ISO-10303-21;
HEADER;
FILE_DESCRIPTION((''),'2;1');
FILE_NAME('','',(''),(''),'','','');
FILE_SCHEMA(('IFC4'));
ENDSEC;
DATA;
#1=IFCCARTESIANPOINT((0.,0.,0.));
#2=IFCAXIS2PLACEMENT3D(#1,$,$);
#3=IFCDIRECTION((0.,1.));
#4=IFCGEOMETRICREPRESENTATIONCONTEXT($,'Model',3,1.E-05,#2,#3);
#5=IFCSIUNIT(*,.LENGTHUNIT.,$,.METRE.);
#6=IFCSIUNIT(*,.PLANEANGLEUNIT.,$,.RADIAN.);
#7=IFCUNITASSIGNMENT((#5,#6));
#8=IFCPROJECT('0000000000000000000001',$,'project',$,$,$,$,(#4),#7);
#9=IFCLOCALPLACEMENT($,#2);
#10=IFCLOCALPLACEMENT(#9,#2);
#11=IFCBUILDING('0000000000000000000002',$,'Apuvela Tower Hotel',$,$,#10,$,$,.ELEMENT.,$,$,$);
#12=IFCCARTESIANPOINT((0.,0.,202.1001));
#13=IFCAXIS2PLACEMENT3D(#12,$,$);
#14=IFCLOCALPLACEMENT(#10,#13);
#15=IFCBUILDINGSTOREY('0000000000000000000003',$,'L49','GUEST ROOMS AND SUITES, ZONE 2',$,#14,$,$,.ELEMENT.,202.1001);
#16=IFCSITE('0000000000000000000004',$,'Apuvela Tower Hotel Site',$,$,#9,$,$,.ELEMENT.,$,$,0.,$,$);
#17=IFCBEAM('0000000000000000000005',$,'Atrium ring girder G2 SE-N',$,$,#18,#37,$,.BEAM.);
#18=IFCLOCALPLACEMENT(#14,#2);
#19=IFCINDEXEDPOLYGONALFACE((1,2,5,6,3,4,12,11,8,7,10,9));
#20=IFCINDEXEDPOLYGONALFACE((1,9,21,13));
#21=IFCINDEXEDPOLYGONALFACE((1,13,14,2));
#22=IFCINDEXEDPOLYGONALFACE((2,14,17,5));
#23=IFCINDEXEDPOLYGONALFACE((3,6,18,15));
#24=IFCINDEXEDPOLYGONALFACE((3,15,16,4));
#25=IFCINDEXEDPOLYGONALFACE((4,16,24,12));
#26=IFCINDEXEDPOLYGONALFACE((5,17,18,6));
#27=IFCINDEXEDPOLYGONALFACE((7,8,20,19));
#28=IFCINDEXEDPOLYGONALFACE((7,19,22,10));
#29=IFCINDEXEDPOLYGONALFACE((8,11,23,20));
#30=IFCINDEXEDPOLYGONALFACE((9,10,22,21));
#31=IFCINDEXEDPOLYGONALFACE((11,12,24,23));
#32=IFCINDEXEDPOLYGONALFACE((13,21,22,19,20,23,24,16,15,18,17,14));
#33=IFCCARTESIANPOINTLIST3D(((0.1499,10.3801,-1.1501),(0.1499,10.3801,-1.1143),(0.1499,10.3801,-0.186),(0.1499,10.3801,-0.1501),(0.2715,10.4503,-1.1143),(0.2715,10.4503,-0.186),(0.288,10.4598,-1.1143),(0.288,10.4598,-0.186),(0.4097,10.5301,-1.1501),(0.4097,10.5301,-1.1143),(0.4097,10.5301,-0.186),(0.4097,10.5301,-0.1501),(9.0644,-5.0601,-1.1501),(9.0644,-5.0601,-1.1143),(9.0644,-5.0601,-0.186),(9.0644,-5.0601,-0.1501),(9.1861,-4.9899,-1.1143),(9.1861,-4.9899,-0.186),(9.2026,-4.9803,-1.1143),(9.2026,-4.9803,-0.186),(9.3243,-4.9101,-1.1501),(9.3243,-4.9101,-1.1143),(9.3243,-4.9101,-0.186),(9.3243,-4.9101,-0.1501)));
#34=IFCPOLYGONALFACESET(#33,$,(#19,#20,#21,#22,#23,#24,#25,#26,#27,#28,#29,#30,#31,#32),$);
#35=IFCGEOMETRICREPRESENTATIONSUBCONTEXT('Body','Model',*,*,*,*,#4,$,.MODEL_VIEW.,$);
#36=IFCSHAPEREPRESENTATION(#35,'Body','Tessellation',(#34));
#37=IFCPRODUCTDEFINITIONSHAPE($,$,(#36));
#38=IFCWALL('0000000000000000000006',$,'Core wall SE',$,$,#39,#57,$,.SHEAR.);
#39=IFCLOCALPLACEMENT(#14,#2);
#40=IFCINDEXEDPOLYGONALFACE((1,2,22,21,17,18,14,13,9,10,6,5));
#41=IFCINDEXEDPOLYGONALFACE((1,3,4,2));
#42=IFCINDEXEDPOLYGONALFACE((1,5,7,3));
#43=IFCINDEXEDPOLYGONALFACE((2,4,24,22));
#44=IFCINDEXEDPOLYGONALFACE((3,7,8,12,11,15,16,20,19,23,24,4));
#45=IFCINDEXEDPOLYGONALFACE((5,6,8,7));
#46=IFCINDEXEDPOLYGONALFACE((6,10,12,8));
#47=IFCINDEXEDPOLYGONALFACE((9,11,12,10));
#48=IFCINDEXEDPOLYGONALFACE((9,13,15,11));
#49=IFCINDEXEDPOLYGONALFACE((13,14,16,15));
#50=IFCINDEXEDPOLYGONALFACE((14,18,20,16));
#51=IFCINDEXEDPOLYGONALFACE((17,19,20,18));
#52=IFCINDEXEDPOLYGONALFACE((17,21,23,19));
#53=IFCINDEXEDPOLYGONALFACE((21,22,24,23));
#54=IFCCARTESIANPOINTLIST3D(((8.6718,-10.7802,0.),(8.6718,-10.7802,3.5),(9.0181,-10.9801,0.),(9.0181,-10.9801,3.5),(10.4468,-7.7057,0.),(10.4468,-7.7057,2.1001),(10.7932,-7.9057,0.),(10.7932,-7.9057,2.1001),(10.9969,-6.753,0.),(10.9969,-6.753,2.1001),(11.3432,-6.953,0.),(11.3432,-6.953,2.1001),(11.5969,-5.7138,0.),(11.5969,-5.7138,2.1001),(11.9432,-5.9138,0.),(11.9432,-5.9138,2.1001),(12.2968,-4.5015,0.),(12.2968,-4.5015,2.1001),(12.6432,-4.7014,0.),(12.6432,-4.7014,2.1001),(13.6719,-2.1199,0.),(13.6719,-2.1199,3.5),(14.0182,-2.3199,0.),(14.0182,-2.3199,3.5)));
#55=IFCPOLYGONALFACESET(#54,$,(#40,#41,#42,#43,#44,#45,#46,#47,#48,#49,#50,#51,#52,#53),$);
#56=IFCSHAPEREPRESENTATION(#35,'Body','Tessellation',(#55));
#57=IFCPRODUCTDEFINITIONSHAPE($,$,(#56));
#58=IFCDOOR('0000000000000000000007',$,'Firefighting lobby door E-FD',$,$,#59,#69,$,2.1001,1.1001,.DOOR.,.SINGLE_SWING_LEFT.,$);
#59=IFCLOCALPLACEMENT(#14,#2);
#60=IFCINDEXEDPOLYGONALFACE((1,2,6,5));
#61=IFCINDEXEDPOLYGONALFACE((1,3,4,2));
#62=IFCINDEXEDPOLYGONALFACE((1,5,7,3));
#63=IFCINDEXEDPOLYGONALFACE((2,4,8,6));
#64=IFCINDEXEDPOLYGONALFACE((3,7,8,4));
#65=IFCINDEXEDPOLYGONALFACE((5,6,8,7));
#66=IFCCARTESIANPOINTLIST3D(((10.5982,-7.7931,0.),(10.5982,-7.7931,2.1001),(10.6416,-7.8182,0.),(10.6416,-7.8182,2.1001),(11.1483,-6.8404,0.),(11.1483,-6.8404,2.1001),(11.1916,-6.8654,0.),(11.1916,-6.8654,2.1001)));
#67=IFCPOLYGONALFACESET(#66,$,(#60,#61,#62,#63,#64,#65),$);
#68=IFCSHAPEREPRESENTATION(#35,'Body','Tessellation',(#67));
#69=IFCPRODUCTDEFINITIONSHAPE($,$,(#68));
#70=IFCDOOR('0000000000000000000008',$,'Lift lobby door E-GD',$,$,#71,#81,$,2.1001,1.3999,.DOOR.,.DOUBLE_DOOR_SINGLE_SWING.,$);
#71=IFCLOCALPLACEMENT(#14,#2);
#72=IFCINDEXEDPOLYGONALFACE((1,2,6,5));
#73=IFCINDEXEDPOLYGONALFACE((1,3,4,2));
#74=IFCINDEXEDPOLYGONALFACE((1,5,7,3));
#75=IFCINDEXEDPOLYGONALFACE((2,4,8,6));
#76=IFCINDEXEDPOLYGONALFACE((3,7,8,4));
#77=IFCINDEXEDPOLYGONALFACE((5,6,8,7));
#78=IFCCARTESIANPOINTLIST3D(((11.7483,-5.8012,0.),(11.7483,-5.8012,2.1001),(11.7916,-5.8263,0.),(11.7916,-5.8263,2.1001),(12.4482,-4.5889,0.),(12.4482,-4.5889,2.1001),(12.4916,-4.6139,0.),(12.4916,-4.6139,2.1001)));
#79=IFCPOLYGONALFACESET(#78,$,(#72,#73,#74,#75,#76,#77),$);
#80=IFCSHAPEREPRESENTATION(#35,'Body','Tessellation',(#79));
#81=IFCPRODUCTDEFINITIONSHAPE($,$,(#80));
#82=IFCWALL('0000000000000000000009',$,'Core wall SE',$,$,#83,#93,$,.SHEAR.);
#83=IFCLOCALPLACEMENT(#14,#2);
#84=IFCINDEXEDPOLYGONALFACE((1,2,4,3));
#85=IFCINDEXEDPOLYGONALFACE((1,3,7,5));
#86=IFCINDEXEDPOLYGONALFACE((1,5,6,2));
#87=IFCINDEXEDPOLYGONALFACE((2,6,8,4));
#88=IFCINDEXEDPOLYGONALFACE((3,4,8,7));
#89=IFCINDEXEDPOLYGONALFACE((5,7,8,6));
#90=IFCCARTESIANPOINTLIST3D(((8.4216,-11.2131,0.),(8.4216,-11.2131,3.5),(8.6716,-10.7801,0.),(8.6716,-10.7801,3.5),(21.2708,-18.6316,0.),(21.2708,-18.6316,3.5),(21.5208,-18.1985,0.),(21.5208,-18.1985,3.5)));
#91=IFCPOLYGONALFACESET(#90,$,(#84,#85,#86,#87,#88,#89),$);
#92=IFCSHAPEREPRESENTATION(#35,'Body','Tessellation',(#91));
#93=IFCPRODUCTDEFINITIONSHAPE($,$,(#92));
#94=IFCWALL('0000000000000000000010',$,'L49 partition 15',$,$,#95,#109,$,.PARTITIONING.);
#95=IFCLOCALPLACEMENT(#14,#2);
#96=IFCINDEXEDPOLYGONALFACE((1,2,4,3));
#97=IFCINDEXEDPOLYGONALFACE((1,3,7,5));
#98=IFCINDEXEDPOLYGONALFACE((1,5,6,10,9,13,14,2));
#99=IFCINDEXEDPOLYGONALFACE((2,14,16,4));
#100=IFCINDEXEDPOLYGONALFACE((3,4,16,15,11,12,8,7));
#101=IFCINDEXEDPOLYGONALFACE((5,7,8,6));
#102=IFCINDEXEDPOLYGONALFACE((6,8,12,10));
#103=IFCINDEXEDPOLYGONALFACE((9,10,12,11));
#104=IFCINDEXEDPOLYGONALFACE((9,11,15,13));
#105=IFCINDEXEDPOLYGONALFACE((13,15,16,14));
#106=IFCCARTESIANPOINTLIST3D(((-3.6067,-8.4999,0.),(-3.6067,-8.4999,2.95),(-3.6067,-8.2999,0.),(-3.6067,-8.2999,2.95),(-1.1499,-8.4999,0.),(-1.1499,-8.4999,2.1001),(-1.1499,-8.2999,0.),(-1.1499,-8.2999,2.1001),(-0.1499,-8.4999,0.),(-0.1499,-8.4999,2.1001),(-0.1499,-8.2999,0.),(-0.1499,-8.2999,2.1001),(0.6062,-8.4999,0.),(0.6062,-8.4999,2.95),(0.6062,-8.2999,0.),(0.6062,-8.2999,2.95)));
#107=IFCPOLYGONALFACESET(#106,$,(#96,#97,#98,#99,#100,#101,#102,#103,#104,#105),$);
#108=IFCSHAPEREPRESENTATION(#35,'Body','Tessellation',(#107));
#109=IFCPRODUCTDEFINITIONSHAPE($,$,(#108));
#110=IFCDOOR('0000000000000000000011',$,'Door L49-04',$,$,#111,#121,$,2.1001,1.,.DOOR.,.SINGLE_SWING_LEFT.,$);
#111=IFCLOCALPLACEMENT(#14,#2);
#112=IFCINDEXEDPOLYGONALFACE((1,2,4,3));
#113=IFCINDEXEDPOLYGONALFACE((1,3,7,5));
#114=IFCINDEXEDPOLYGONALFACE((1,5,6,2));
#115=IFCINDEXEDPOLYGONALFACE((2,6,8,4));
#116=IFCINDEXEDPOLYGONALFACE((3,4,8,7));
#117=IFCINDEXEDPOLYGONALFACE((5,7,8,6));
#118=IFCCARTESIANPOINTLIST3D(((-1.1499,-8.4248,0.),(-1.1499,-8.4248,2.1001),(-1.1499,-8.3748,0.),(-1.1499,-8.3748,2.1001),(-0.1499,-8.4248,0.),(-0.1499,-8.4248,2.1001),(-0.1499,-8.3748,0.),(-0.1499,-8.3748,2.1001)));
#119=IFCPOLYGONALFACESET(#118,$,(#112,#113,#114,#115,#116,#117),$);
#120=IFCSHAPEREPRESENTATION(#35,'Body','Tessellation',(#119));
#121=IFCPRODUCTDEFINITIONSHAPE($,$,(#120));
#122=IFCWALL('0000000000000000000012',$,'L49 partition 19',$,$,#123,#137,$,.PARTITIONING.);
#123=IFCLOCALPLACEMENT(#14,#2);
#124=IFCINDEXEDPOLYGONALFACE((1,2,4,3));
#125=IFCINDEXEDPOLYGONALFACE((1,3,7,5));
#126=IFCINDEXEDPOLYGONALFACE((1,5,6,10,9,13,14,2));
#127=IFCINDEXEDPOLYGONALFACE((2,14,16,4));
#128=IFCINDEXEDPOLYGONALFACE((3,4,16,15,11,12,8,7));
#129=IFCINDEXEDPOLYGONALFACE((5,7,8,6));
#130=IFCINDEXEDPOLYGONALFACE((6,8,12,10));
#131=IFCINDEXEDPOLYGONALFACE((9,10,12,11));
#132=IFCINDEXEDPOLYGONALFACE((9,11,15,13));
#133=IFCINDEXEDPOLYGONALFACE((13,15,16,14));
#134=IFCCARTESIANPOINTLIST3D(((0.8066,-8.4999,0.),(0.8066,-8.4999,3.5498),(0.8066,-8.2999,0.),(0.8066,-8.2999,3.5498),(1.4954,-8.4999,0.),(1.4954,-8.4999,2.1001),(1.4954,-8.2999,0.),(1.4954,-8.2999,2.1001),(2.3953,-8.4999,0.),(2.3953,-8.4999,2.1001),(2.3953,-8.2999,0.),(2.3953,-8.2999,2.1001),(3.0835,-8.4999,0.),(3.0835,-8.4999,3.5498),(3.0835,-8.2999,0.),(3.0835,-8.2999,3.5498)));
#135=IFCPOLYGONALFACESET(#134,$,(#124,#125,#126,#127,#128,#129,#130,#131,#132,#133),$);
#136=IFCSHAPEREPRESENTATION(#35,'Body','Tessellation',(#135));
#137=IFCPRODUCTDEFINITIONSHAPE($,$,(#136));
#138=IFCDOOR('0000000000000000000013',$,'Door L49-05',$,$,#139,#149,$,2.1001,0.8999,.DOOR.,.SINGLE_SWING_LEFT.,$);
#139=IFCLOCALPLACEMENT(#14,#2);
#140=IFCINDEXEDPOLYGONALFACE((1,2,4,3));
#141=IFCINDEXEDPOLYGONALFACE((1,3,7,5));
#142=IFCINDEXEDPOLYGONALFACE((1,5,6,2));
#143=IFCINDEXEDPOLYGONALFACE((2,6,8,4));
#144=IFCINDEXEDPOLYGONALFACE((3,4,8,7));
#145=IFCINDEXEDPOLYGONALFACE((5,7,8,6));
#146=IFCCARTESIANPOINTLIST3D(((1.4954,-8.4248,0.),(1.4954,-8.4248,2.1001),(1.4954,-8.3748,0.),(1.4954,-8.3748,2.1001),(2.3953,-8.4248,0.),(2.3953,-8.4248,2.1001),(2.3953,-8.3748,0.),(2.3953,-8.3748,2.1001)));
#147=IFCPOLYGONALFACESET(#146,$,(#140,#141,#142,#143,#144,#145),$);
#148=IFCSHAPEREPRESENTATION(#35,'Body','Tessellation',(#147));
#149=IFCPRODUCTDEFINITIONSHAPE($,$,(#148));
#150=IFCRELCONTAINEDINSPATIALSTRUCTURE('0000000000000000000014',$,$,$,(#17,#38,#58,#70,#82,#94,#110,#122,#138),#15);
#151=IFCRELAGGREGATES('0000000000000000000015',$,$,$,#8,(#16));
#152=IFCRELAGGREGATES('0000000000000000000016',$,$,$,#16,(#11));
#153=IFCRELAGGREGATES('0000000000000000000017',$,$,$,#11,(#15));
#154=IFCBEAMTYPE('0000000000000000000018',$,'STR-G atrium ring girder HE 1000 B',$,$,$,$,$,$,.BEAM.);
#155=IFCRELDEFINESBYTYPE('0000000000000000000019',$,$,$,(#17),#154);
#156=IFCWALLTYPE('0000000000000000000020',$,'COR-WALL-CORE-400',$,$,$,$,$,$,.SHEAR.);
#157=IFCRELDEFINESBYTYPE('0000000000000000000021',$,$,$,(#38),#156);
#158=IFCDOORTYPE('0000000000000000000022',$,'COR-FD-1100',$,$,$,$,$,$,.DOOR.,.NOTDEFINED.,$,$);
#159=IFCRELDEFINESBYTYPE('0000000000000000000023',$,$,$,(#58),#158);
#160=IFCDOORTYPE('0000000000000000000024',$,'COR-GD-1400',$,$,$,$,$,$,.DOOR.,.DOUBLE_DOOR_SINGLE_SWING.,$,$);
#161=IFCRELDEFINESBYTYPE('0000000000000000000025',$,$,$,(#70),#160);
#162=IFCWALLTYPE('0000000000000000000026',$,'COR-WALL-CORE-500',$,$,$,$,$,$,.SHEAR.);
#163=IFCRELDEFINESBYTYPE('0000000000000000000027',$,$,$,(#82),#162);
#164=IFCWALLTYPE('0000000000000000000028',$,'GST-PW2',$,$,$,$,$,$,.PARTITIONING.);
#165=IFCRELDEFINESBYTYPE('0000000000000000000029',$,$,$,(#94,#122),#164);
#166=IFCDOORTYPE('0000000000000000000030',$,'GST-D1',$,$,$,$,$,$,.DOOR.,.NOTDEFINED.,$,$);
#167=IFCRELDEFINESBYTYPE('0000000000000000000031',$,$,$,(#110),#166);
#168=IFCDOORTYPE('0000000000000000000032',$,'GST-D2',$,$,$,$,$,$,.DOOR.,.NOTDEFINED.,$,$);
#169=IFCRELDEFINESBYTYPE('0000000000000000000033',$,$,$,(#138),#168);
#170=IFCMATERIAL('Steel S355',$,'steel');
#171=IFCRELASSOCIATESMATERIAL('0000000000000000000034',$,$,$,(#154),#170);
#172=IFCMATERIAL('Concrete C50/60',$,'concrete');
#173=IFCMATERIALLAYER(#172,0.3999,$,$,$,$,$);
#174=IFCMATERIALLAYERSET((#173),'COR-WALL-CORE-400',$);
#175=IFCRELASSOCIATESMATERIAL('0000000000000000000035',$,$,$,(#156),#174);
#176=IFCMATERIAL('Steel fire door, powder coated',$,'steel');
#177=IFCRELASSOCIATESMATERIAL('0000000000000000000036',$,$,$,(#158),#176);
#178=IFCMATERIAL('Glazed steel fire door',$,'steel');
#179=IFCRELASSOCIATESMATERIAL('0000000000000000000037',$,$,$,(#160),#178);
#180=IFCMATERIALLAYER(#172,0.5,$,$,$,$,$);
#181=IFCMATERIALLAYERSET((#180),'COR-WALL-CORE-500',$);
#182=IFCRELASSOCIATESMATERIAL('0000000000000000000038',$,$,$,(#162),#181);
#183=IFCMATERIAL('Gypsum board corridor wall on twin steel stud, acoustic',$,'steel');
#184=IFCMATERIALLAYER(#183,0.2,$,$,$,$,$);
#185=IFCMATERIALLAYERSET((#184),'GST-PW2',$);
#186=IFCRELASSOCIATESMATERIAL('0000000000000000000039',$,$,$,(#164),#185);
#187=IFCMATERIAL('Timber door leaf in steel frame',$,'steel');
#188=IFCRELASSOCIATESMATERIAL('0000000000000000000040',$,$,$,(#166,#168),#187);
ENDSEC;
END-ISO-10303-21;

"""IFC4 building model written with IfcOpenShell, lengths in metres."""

from ifc_helpers import new_model, si_unit, direction, frame, frame_2d, origin, origin_2d, place, context, subcontext, project, spatial, rectangle, i_section, extrude, material, layer, layer_set, material_profile, profile_set, type_object, element, fill, save


model = new_model("IFC4")

# Units and contexts
model_context = context("Model", 3, precision=1e-05, world=origin(), true_north=direction((0.0, 1.0)))
body_context = subcontext(model_context, "Body", "Model", "MODEL_VIEW")
ifc_project = project(units=[si_unit("LENGTHUNIT", "METRE"), si_unit("PLANEANGLEUNIT", "RADIAN")], contexts=[model_context])

# Site, building, storey
site_placement = place(None, origin())
site = spatial("IfcSite", under=ifc_project, at=site_placement, Name="Apuvela Tower Hotel Site", CompositionType="ELEMENT", RefElevation=0.0)
building_placement = place(site_placement, origin())
building = spatial("IfcBuilding", under=site, at=building_placement, Name="Apuvela Tower Hotel", CompositionType="ELEMENT")
storey_placement = place(building_placement, frame((0.0, 0.0, 202.1001)))
storey = spatial("IfcBuildingStorey", under=building, at=storey_placement, Name="L49", Description="GUEST ROOMS AND SUITES, ZONE 2", CompositionType="ELEMENT", Elevation=202.1001)

# Beam
ifc_material_1 = material(Name="Steel S355", Category="steel")
ifc_material_profile = material_profile(ifc_material_1, i_section(OverallWidth=0.3, OverallDepth=1.0, WebThickness=0.019, FlangeThickness=0.0359, at=origin_2d()), Name="HE 1000 B")
ifc_profile_set = profile_set([ifc_material_profile], Name="Steel S355")
beam_type = type_object("IfcBeamType", Name="STR-G atrium ring girder HE 1000 B", PredefinedType="BEAM", material=ifc_profile_set)
beam_placement = place(storey_placement, frame((9.1943, -4.9851, -0.6501), z_axis=(-0.500007, 0.866022, 0.0), x_axis=(-0.866022, -0.500007, 0.0)))
element("IfcBeam", 1, at=beam_placement, inside=storey, type_object=beam_type, Name="Atrium ring girder G2 SE-N", PredefinedType="BEAM", context=body_context, shape_type="SweptSolid", body=[
    extrude(i_section(OverallWidth=0.3, OverallDepth=1.0, WebThickness=0.019, FlangeThickness=0.0359, at=origin_2d()), origin(), (0.0, 0.0, 1.0), 17.8289),
])

# Wall, openings, doors
ifc_material_2 = material(Name="Concrete C50/60", Category="concrete")
ifc_layer_1 = layer(ifc_material_2, 0.3999)
ifc_layer_set_1 = layer_set([ifc_layer_1], Name="COR-WALL-CORE-400")
wall_type_1 = type_object("IfcWallType", Name="COR-WALL-CORE-400", PredefinedType="SHEAR", material=ifc_layer_set_1)
wall_1_placement = place(storey_placement, frame((8.845, -10.8801, 0.0), z_axis=(0.0, 0.0, 1.0), x_axis=(0.500004, 0.866023, 0.0)))
wall_1 = element("IfcWall", 2, at=wall_1_placement, inside=storey, type_object=wall_type_1, Name="Core wall SE", PredefinedType="SHEAR", context=body_context, shape_type="SweptSolid", body=[
    extrude(rectangle(XDim=10.0, YDim=0.3999, at=frame_2d((5.0, 0.0))), origin(), (0.0, 0.0, 1.0), 3.5),
])
opening_1_placement = place(wall_1_placement, frame((3.55, 0.0, 0.0)))
opening_1 = element("IfcOpeningElement", 3, at=opening_1_placement, cuts=wall_1, PredefinedType="OPENING", context=body_context, shape_type="SweptSolid", body=[
    extrude(rectangle(XDim=1.1001, YDim=2.1001, at=frame_2d((0.55, 1.05))), frame((0.0, 0.21, 0.0), z_axis=(0.0, -1.0, 0.0), x_axis=(1.0, 0.0, 0.0)), (0.0, 0.0, 1.0), 0.4199),
])
opening_2_placement = place(wall_1_placement, frame((5.8501, 0.0, 0.0)))
opening_2 = element("IfcOpeningElement", 4, at=opening_2_placement, cuts=wall_1, PredefinedType="OPENING", context=body_context, shape_type="SweptSolid", body=[
    extrude(rectangle(XDim=1.3999, YDim=2.1001, at=frame_2d((0.7, 1.05))), frame((0.0, 0.21, 0.0), z_axis=(0.0, -1.0, 0.0), x_axis=(1.0, 0.0, 0.0)), (0.0, 0.0, 1.0), 0.4199),
])
ifc_material_3 = material(Name="Steel fire door, powder coated", Category="steel")
door_type_1 = type_object("IfcDoorType", Name="COR-FD-1100", OperationType="NOTDEFINED", PredefinedType="DOOR", material=ifc_material_3)
door_1_placement = place(opening_1_placement, frame((1.1001, 0.0, 0.0), z_axis=(0.0, 0.0, 1.0), x_axis=(-1.0, 0.0, 0.0)))
door_1 = element("IfcDoor", 5, at=door_1_placement, inside=storey, type_object=door_type_1, Name="Firefighting lobby door E-FD", OperationType="SINGLE_SWING_LEFT", OverallHeight=2.1001, OverallWidth=1.1001, PredefinedType="DOOR", context=body_context, shape_type="SweptSolid", body=[
    extrude(rectangle(XDim=1.1001, YDim=2.1001, at=frame_2d((0.55, 1.05))), frame((0.0, 0.0249, 0.0), z_axis=(0.0, -1.0, 0.0), x_axis=(1.0, 0.0, 0.0)), (0.0, 0.0, 1.0), 0.05),
])
fill(opening_1, door_1)
ifc_material_4 = material(Name="Glazed steel fire door", Category="steel")
door_type_2 = type_object("IfcDoorType", Name="COR-GD-1400", OperationType="DOUBLE_DOOR_SINGLE_SWING", PredefinedType="DOOR", material=ifc_material_4)
door_2_placement = place(opening_2_placement, frame((1.3999, 0.0, 0.0), z_axis=(0.0, 0.0, 1.0), x_axis=(-1.0, 0.0, 0.0)))
door_2 = element("IfcDoor", 6, at=door_2_placement, inside=storey, type_object=door_type_2, Name="Lift lobby door E-GD", OperationType="DOUBLE_DOOR_SINGLE_SWING", OverallHeight=2.1001, OverallWidth=1.3999, PredefinedType="DOOR", context=body_context, shape_type="SweptSolid", body=[
    extrude(rectangle(XDim=1.3999, YDim=2.1001, at=frame_2d((0.7, 1.05))), frame((0.0, 0.0249, 0.0), z_axis=(0.0, -1.0, 0.0), x_axis=(1.0, 0.0, 0.0)), (0.0, 0.0, 1.0), 0.05),
])
fill(opening_2, door_2)

# Wall
ifc_layer_2 = layer(ifc_material_2, 0.5)
ifc_layer_set_2 = layer_set([ifc_layer_2], Name="COR-WALL-CORE-500")
wall_type_2 = type_object("IfcWallType", Name="COR-WALL-CORE-500", PredefinedType="SHEAR", material=ifc_layer_set_2)
wall_2_placement = place(storey_placement, frame((8.5466, -10.9966, 0.0), z_axis=(0.0, 0.0, 1.0), x_axis=(0.866025, -0.500001, 0.0)))
element("IfcWall", 7, at=wall_2_placement, inside=storey, type_object=wall_type_2, Name="Core wall SE", PredefinedType="SHEAR", context=body_context, shape_type="SweptSolid", body=[
    extrude(rectangle(XDim=14.8369, YDim=0.5, at=frame_2d((7.4185, 0.0))), origin(), (0.0, 0.0, 1.0), 3.5),
])

# Walls, openings, doors
ifc_material_5 = material(Name="Gypsum board corridor wall on twin steel stud, acoustic", Category="steel")
ifc_layer_3 = layer(ifc_material_5, 0.2)
ifc_layer_set_3 = layer_set([ifc_layer_3], Name="GST-PW2")
wall_type_3 = type_object("IfcWallType", Name="GST-PW2", PredefinedType="PARTITIONING", material=ifc_layer_set_3)
wall_3_placement = place(storey_placement, frame((0.6062, -8.3999, 0.0), z_axis=(0.0, 0.0, 1.0), x_axis=(-1.0, 0.0, 0.0)))
wall_3 = element("IfcWall", 8, at=wall_3_placement, inside=storey, type_object=wall_type_3, Name="L49 partition 15", PredefinedType="PARTITIONING", context=body_context, shape_type="SweptSolid", body=[
    extrude(rectangle(XDim=4.2129, YDim=0.2, at=frame_2d((2.1064, 0.0))), origin(), (0.0, 0.0, 1.0), 2.95),
])
opening_3_placement = place(wall_3_placement, frame((0.7561, 0.0, 0.0)))
opening_3 = element("IfcOpeningElement", 9, at=opening_3_placement, cuts=wall_3, PredefinedType="OPENING", context=body_context, shape_type="SweptSolid", body=[
    extrude(rectangle(XDim=1.0, YDim=2.1001, at=frame_2d((0.5, 1.05))), frame((0.0, 0.1099, 0.0), z_axis=(0.0, -1.0, 0.0), x_axis=(1.0, 0.0, 0.0)), (0.0, 0.0, 1.0), 0.22),
])
ifc_material_6 = material(Name="Timber door leaf in steel frame", Category="steel")
door_type_3 = type_object("IfcDoorType", Name="GST-D1", OperationType="NOTDEFINED", PredefinedType="DOOR", material=ifc_material_6)
door_3_placement = place(opening_3_placement, origin())
door_3 = element("IfcDoor", 10, at=door_3_placement, inside=storey, type_object=door_type_3, Name="Door L49-04", OperationType="SINGLE_SWING_LEFT", OverallHeight=2.1001, OverallWidth=1.0, PredefinedType="DOOR", context=body_context, shape_type="SweptSolid", body=[
    extrude(rectangle(XDim=1.0, YDim=2.1001, at=frame_2d((0.5, 1.05))), frame((0.0, 0.0249, 0.0), z_axis=(0.0, -1.0, 0.0), x_axis=(1.0, 0.0, 0.0)), (0.0, 0.0, 1.0), 0.05),
])
fill(opening_3, door_3)
wall_4_placement = place(storey_placement, frame((3.0835, -8.3999, 0.0), z_axis=(0.0, 0.0, 1.0), x_axis=(-1.0, 0.0, 0.0)))
wall_4 = element("IfcWall", 11, at=wall_4_placement, inside=storey, type_object=wall_type_3, Name="L49 partition 19", PredefinedType="PARTITIONING", context=body_context, shape_type="SweptSolid", body=[
    extrude(rectangle(XDim=2.2769, YDim=0.2, at=frame_2d((1.1384, 0.0))), origin(), (0.0, 0.0, 1.0), 3.5498),
])
opening_4_placement = place(wall_4_placement, frame((0.6882, 0.0, 0.0)))
opening_4 = element("IfcOpeningElement", 12, at=opening_4_placement, cuts=wall_4, PredefinedType="OPENING", context=body_context, shape_type="SweptSolid", body=[
    extrude(rectangle(XDim=0.8999, YDim=2.1001, at=frame_2d((0.45, 1.05))), frame((0.0, 0.1099, 0.0), z_axis=(0.0, -1.0, 0.0), x_axis=(1.0, 0.0, 0.0)), (0.0, 0.0, 1.0), 0.22),
])
door_type_4 = type_object("IfcDoorType", Name="GST-D2", OperationType="NOTDEFINED", PredefinedType="DOOR", material=ifc_material_6)
door_4_placement = place(opening_4_placement, origin())
door_4 = element("IfcDoor", 13, at=door_4_placement, inside=storey, type_object=door_type_4, Name="Door L49-05", OperationType="SINGLE_SWING_LEFT", OverallHeight=2.1001, OverallWidth=0.8999, PredefinedType="DOOR", context=body_context, shape_type="SweptSolid", body=[
    extrude(rectangle(XDim=0.8999, YDim=2.1001, at=frame_2d((0.45, 1.05))), frame((0.0, 0.0249, 0.0), z_axis=(0.0, -1.0, 0.0), x_axis=(1.0, 0.0, 0.0)), (0.0, 0.0, 1.0), 0.05),
])
fill(opening_4, door_4)

save(model, "model.ifc")
